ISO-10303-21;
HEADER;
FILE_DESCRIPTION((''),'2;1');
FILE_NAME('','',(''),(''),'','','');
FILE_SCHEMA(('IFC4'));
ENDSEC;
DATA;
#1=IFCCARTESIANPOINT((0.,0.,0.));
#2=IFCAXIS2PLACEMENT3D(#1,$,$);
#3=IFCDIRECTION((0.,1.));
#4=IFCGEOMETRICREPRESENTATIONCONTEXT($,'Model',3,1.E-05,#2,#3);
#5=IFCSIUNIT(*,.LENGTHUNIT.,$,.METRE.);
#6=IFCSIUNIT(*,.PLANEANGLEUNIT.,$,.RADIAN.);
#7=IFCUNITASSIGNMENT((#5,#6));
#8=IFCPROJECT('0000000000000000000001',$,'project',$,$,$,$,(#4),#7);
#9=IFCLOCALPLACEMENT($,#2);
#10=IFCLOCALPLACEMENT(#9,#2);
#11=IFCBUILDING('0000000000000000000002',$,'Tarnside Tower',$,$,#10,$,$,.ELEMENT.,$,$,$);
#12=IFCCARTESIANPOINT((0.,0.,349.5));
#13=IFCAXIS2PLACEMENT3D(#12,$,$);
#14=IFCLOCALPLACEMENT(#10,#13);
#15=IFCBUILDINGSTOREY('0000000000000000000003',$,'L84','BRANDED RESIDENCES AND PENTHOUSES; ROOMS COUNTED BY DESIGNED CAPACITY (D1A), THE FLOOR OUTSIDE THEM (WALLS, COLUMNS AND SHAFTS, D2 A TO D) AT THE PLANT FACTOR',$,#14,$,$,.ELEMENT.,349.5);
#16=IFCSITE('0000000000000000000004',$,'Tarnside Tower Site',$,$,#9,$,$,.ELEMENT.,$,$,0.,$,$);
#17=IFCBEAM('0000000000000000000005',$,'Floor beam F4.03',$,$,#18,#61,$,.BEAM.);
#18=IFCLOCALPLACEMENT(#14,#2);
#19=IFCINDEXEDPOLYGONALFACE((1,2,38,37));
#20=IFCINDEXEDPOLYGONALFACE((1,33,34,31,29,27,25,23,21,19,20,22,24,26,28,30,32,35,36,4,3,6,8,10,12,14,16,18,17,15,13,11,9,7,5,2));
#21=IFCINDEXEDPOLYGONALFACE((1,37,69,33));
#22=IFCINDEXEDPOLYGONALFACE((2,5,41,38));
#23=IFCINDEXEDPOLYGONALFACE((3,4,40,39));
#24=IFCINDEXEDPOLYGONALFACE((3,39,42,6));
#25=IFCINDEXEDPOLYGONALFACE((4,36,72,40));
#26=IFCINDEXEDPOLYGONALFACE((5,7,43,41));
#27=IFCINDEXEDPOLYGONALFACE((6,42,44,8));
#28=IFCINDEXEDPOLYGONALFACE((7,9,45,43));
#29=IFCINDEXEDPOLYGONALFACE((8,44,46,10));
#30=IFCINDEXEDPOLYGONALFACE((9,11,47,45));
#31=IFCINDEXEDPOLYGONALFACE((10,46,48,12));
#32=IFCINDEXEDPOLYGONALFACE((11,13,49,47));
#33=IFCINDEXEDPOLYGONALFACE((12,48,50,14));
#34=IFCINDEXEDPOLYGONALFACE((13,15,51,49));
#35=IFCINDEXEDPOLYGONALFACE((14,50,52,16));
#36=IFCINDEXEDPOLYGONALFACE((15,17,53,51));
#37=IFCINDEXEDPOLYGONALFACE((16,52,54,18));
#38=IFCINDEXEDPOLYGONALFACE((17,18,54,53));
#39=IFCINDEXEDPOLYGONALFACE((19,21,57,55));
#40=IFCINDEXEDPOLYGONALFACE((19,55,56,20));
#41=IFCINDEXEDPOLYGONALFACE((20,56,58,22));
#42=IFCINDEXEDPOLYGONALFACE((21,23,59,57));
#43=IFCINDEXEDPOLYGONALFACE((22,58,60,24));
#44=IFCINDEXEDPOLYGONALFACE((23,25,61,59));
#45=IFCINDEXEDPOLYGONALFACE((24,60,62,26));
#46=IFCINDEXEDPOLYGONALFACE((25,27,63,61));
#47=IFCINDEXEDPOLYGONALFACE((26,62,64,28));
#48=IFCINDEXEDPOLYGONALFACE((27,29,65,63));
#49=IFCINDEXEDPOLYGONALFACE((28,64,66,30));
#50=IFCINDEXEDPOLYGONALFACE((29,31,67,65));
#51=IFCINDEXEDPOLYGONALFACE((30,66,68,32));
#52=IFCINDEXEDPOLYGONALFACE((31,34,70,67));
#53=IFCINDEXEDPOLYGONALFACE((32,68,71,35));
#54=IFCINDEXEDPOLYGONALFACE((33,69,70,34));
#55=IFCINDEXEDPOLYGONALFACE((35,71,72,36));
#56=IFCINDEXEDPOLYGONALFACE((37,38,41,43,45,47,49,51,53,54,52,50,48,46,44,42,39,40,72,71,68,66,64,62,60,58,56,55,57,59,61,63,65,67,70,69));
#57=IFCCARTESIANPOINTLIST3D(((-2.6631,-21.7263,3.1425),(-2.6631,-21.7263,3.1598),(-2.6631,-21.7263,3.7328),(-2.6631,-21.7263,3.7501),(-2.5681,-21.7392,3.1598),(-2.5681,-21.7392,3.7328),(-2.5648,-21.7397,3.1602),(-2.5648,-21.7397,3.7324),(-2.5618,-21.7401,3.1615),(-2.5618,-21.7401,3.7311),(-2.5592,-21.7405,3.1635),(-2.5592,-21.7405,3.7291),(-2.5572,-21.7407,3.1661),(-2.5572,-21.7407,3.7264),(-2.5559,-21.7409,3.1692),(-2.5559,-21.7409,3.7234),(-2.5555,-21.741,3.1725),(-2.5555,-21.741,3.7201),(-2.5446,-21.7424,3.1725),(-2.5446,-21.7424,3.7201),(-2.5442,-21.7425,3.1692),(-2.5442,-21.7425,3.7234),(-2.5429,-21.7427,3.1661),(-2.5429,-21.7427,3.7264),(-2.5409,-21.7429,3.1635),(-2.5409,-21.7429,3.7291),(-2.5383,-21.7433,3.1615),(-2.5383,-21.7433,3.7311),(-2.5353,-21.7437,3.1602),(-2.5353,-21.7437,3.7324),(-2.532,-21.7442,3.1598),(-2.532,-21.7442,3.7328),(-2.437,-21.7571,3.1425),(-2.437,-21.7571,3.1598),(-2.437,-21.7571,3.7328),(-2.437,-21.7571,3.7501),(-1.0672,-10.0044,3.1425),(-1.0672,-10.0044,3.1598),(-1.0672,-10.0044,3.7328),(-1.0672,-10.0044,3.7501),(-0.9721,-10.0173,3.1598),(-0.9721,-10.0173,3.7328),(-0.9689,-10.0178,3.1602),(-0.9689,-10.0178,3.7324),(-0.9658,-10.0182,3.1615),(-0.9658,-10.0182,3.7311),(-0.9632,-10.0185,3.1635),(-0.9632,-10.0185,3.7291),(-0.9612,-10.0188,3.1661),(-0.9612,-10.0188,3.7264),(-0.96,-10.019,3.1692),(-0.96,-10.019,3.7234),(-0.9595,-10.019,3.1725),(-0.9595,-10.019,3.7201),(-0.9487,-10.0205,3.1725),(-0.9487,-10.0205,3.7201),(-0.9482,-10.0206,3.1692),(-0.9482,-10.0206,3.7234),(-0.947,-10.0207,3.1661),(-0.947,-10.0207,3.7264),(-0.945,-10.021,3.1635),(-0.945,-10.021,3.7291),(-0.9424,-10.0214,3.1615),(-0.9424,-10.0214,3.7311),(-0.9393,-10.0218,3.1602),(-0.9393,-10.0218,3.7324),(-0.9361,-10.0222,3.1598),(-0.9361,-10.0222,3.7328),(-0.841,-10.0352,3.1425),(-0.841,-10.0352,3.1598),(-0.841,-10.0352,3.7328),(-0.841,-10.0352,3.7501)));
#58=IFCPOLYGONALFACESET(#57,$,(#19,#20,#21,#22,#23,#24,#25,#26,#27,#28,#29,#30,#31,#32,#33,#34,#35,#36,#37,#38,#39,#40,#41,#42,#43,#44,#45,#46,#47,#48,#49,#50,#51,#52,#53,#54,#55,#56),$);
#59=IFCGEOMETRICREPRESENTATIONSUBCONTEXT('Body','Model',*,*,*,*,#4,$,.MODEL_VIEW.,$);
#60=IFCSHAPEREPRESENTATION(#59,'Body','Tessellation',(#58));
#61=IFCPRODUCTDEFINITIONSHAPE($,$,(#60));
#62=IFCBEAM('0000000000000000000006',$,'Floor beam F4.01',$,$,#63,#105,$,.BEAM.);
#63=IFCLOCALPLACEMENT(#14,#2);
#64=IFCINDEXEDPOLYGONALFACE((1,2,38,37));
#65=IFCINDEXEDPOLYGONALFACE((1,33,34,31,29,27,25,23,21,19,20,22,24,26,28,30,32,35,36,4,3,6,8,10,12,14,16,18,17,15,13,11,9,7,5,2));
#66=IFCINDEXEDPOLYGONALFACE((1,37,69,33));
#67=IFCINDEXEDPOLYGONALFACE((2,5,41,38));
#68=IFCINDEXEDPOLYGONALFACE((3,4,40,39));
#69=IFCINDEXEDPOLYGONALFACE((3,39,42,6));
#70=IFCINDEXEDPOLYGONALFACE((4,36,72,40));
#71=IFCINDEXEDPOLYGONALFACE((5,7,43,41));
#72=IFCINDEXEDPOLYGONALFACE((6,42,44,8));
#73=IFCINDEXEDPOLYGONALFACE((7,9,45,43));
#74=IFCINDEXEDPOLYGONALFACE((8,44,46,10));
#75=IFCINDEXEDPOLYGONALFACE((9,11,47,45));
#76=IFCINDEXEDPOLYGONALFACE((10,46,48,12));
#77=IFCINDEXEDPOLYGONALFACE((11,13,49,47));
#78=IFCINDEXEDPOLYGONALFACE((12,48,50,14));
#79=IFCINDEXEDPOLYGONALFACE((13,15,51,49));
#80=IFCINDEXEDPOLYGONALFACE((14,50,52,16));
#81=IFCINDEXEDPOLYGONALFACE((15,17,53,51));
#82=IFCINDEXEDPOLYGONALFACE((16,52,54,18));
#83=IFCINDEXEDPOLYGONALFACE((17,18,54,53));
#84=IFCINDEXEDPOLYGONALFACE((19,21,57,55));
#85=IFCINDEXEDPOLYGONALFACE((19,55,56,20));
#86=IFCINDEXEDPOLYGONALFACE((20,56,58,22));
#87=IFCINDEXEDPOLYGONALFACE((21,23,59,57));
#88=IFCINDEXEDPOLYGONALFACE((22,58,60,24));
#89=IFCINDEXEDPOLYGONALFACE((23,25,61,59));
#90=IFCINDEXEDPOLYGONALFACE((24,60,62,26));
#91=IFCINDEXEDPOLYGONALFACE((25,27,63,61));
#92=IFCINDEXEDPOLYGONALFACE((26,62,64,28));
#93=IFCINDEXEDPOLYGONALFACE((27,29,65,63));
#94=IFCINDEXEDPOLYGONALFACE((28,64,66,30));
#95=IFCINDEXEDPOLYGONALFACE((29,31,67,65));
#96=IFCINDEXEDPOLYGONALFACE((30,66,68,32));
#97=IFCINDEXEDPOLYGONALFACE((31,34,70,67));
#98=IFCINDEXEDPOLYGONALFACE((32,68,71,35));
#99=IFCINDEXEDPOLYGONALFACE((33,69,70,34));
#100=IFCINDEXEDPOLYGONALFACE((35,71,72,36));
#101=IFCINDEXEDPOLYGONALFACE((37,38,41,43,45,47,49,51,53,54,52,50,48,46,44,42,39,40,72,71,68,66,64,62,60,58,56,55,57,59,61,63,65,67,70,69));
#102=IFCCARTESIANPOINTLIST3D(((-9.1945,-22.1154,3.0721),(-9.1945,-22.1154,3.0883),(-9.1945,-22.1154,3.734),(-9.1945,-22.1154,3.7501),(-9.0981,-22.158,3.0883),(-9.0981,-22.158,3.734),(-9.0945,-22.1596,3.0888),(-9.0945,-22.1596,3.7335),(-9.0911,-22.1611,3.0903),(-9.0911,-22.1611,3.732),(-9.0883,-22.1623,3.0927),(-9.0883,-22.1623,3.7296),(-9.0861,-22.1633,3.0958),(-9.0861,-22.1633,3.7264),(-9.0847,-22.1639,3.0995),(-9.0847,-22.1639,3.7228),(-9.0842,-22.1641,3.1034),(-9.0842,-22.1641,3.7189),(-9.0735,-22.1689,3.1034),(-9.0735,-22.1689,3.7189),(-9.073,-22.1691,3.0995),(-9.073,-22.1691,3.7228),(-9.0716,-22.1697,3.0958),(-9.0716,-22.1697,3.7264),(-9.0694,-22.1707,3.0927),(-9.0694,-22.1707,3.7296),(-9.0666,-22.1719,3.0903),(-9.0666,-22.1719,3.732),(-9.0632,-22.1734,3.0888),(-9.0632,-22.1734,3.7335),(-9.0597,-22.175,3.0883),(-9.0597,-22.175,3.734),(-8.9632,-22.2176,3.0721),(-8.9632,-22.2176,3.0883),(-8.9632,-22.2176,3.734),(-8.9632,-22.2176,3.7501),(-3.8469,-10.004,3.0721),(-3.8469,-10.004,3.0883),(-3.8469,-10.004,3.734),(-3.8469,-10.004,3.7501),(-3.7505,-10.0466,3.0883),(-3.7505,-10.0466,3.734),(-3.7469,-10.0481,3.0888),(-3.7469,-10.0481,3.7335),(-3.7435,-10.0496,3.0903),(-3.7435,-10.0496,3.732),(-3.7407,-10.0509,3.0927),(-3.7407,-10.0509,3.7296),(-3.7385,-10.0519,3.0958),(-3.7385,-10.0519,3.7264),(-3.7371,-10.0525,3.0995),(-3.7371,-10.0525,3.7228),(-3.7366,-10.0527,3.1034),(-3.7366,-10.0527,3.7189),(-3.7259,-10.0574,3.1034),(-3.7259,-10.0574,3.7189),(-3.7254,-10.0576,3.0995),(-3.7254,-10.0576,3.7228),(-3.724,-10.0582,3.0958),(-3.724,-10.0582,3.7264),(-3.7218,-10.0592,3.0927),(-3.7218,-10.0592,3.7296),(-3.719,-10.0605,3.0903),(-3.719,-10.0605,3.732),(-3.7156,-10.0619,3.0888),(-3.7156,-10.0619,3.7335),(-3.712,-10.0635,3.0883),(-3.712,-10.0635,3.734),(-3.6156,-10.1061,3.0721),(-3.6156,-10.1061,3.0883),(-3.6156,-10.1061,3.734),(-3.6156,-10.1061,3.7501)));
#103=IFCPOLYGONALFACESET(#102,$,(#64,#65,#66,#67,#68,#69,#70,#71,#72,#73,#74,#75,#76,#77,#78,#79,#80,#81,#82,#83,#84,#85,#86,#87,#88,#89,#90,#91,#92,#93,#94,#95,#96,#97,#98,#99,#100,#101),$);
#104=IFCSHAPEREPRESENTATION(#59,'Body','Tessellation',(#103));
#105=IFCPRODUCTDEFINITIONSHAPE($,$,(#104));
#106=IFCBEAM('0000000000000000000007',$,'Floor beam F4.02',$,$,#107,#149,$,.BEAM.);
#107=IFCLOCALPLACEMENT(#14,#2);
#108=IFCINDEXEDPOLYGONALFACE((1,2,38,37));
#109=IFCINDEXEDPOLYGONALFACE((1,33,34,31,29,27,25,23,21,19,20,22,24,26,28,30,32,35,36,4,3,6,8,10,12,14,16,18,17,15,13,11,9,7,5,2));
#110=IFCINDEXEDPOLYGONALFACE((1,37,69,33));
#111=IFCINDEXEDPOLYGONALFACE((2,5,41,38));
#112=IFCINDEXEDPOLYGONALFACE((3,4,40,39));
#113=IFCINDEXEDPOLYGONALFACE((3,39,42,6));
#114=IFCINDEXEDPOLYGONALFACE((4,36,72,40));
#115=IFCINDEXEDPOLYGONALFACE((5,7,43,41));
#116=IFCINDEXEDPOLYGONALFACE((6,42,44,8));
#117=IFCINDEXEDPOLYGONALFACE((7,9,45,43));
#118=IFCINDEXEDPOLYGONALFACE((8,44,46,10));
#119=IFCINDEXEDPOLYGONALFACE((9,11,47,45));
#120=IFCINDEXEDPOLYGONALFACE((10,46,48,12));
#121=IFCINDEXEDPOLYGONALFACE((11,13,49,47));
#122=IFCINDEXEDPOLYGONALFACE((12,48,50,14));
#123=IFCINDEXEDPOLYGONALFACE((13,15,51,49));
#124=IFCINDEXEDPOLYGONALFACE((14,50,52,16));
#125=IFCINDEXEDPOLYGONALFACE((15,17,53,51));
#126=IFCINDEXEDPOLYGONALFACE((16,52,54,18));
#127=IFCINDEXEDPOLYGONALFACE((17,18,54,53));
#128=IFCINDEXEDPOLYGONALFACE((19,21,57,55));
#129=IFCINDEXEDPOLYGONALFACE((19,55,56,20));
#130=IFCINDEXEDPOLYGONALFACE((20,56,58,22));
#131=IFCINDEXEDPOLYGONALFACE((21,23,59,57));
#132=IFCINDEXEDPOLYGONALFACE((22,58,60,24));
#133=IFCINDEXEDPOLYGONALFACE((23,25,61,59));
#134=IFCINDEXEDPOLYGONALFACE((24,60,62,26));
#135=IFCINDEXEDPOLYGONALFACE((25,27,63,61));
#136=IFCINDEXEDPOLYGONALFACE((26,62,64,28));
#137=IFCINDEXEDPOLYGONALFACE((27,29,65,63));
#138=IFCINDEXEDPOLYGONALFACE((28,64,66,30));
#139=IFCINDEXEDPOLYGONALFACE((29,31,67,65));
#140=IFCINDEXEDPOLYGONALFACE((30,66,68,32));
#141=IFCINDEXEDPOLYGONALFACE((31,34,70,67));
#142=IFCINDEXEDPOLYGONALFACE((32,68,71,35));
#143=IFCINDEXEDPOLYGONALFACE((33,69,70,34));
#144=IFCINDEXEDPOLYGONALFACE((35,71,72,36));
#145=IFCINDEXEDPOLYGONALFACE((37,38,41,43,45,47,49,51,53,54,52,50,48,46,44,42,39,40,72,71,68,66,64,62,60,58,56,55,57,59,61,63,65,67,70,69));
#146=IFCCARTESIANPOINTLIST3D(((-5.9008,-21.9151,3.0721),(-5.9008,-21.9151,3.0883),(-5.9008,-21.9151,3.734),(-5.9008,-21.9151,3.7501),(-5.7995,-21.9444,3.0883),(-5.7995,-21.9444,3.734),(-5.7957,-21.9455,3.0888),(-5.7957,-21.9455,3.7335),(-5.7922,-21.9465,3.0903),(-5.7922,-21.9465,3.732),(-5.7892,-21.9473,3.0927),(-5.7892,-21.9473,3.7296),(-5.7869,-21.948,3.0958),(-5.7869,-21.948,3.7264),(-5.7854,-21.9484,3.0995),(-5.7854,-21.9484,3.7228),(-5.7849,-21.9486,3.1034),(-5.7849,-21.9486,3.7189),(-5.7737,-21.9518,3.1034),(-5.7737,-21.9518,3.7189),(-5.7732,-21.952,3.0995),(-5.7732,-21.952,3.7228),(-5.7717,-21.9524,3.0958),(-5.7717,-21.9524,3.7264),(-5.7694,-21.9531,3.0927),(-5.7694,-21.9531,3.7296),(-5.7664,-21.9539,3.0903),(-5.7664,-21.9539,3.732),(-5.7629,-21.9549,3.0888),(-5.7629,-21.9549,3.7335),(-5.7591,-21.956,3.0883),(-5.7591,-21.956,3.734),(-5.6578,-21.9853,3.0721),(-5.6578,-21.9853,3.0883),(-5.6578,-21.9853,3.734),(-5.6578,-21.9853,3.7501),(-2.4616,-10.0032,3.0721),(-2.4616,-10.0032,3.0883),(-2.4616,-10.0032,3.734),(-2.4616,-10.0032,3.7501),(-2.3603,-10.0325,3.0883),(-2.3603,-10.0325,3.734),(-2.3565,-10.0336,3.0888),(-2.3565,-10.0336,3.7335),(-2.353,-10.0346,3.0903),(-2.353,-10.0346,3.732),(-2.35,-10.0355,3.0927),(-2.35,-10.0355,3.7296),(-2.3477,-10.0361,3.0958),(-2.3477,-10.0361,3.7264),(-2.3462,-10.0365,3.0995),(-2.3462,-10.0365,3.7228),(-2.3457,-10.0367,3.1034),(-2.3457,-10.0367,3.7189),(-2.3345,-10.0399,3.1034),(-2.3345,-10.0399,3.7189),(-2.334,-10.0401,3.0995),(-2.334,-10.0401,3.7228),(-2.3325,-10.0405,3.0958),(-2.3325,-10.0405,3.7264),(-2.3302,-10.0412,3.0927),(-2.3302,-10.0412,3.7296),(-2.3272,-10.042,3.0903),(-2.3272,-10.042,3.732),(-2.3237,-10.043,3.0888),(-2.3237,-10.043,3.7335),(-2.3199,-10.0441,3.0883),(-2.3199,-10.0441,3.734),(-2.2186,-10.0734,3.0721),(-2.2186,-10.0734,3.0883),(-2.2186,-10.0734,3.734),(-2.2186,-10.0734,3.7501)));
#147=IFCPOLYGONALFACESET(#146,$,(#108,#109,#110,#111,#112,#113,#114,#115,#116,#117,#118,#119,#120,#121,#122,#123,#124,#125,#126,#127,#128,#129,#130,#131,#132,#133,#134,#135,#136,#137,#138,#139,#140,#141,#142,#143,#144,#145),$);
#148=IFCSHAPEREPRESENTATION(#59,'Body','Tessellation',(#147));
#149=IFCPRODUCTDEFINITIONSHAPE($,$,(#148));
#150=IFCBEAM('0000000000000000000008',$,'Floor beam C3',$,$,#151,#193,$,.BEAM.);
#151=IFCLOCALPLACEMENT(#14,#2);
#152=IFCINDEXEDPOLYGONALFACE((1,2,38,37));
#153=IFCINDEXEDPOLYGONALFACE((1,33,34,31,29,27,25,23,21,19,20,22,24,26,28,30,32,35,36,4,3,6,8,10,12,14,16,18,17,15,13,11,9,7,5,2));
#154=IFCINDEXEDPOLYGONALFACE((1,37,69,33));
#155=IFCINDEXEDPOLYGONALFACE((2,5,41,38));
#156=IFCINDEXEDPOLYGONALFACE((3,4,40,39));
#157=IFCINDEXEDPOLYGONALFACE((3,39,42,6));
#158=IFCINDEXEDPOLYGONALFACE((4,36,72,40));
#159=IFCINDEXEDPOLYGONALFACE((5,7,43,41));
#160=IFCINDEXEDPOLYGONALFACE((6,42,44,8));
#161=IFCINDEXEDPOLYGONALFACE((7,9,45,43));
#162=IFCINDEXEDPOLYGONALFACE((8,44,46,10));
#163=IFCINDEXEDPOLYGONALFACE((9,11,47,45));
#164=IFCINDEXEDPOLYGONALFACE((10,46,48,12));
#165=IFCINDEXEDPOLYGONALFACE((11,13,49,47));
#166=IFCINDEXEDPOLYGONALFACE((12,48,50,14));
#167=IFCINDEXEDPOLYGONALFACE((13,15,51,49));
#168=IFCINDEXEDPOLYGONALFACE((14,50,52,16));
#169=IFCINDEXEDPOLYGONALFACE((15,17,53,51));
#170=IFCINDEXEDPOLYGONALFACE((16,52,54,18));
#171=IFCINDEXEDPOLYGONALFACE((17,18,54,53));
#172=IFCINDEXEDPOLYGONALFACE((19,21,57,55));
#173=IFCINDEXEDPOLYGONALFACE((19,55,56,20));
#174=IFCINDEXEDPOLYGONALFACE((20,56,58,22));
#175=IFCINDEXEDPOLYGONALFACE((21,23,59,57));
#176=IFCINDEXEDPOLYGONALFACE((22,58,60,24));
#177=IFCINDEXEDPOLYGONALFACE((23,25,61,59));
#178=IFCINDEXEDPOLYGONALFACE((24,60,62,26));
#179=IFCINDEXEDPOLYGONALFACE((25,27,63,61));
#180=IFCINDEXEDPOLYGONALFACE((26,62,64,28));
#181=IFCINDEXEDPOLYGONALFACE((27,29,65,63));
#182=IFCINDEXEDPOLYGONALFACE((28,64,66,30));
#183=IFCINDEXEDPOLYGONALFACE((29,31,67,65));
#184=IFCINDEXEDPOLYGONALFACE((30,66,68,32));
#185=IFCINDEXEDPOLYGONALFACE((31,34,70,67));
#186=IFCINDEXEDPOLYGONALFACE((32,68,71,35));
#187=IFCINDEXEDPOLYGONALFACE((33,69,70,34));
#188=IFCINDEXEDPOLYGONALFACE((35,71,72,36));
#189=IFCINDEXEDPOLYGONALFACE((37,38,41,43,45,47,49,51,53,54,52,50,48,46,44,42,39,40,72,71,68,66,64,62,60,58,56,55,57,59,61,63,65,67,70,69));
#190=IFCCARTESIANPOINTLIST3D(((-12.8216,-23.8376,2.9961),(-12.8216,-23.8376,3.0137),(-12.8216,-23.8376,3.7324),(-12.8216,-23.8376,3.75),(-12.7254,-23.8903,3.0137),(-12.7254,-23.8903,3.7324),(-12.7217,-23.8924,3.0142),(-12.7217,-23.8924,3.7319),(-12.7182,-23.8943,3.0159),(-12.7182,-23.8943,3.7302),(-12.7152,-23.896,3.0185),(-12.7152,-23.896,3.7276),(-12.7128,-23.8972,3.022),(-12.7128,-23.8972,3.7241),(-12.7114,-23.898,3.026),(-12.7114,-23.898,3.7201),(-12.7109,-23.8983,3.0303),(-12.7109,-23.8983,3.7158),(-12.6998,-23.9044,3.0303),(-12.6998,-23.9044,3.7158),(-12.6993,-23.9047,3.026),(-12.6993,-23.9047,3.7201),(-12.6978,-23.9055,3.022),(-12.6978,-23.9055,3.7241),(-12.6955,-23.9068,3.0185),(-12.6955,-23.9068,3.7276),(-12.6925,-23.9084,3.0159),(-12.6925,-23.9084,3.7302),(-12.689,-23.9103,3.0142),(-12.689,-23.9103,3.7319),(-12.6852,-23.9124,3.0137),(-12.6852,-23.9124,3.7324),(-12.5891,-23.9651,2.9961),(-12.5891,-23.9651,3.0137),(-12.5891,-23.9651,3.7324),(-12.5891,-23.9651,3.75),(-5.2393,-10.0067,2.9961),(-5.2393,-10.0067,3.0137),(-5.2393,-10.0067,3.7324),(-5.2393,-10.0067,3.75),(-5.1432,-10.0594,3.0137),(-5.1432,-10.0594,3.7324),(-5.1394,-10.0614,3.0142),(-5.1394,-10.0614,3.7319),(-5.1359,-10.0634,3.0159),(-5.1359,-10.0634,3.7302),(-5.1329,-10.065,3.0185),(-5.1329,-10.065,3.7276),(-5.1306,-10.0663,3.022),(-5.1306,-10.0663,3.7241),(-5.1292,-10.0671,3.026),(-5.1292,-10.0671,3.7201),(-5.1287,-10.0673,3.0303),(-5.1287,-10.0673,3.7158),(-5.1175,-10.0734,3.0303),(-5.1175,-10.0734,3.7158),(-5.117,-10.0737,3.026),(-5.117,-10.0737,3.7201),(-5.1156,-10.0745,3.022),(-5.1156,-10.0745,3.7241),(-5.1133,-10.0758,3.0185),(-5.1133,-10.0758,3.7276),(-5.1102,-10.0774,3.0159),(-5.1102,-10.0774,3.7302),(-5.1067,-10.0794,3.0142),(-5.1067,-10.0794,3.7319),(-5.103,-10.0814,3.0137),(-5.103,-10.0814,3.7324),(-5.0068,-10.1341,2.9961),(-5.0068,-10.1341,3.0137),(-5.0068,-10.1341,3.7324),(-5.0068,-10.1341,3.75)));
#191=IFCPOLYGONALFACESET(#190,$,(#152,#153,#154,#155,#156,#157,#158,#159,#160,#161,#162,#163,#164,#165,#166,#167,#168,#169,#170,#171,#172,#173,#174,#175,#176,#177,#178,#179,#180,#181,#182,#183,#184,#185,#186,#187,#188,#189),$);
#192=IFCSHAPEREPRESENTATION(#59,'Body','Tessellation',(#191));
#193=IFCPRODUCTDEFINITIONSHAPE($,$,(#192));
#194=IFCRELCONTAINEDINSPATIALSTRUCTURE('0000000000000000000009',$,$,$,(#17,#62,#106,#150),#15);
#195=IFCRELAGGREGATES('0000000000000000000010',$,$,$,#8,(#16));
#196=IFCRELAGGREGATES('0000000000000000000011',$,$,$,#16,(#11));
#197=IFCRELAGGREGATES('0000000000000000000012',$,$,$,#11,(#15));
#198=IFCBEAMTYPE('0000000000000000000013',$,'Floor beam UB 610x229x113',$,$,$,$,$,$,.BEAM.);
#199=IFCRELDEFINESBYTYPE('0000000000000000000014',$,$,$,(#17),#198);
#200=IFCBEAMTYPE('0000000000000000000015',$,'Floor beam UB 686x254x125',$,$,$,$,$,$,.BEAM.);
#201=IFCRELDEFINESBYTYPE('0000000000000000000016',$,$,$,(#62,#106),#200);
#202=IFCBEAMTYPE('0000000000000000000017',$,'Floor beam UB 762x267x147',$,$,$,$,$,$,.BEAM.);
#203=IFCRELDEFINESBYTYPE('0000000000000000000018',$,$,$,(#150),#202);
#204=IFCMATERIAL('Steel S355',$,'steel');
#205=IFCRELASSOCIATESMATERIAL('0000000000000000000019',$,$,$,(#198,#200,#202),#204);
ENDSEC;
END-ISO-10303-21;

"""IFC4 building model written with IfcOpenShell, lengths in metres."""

from ifc_helpers import new_model, si_unit, direction, frame, origin, origin_2d, place, context, subcontext, project, spatial, i_section, extrude, material, material_profile, profile_set, type_object, element, save


model = new_model("IFC4")

# Units and contexts
model_context = context("Model", 3, precision=1e-05, world=origin(), true_north=direction((0.0, 1.0)))
body_context = subcontext(model_context, "Body", "Model", "MODEL_VIEW")
ifc_project = project(units=[si_unit("LENGTHUNIT", "METRE"), si_unit("PLANEANGLEUNIT", "RADIAN")], contexts=[model_context])

# Site, building, storey
site_placement = place(None, origin())
site = spatial("IfcSite", under=ifc_project, at=site_placement, Name="Tarnside Tower Site", CompositionType="ELEMENT", RefElevation=0.0)
building_placement = place(site_placement, origin())
building = spatial("IfcBuilding", under=site, at=building_placement, Name="Tarnside Tower", CompositionType="ELEMENT")
storey_placement = place(building_placement, frame((0.0, 0.0, 349.5)))
storey = spatial("IfcBuildingStorey", under=building, at=storey_placement, Name="L84", Description="BRANDED RESIDENCES AND PENTHOUSES; ROOMS COUNTED BY DESIGNED CAPACITY (D1A), THE FLOOR OUTSIDE THEM (WALLS, COLUMNS AND SHAFTS, D2 A TO D) AT THE PLANT FACTOR", CompositionType="ELEMENT", Elevation=349.5)

# Beams
ifc_material_1 = material(Name="Steel S355", Category="steel")
ifc_material_profile_1 = material_profile(ifc_material_1, i_section(OverallWidth=0.2283, OverallDepth=0.6077, WebThickness=0.011, FlangeThickness=0.0173, FilletRadius=0.0127, at=origin_2d()), Name="UB 610x229x113")
ifc_profile_set_1 = profile_set([ifc_material_profile_1], Name="Steel S355")
beam_type_1 = type_object("IfcBeamType", Name="Floor beam UB 610x229x113", PredefinedType="BEAM", material=ifc_profile_set_1)
beam_1_placement = place(storey_placement, frame((-2.55, -21.7417, 3.4463), z_axis=(0.134906, 0.990858, 0.0), x_axis=(-0.990858, 0.134906, 0.0)))
element("IfcBeam", 1, at=beam_1_placement, inside=storey, type_object=beam_type_1, Name="Floor beam F4.03", PredefinedType="BEAM", context=body_context, shape_type="SweptSolid", body=[
    extrude(i_section(OverallWidth=0.2283, OverallDepth=0.6077, WebThickness=0.011, FlangeThickness=0.0173, FilletRadius=0.0127, at=origin_2d()), origin(), (0.0, 0.0, 1.0), 11.8301),
])
ifc_material_profile_2 = material_profile(ifc_material_1, i_section(OverallWidth=0.2529, OverallDepth=0.678, WebThickness=0.0117, FlangeThickness=0.0161, FilletRadius=0.0151, at=origin_2d()), Name="UB 686x254x125")
ifc_profile_set_2 = profile_set([ifc_material_profile_2], Name="Steel S355")
beam_type_2 = type_object("IfcBeamType", Name="Floor beam UB 686x254x125", PredefinedType="BEAM", material=ifc_profile_set_2)
beam_2_placement = place(storey_placement, frame((-9.0789, -22.1665, 3.4111), z_axis=(0.403913, 0.914797, 0.0), x_axis=(-0.914797, 0.403913, 0.0)))
element("IfcBeam", 2, at=beam_2_placement, inside=storey, type_object=beam_type_2, Name="Floor beam F4.01", PredefinedType="BEAM", context=body_context, shape_type="SweptSolid", body=[
    extrude(i_section(OverallWidth=0.2529, OverallDepth=0.678, WebThickness=0.0117, FlangeThickness=0.0161, FilletRadius=0.0151, at=origin_2d()), origin(), (0.0, 0.0, 1.0), 13.2395),
])
beam_3_placement = place(storey_placement, frame((-5.7793, -21.9502, 3.4111), z_axis=(0.277391, 0.960757, 0.0), x_axis=(-0.960757, 0.277391, 0.0)))
element("IfcBeam", 3, at=beam_3_placement, inside=storey, type_object=beam_type_2, Name="Floor beam F4.02", PredefinedType="BEAM", context=body_context, shape_type="SweptSolid", body=[
    extrude(i_section(OverallWidth=0.2529, OverallDepth=0.678, WebThickness=0.0117, FlangeThickness=0.0161, FilletRadius=0.0151, at=origin_2d()), origin(), (0.0, 0.0, 1.0), 12.3984),
])
ifc_material_profile_3 = material_profile(ifc_material_1, i_section(OverallWidth=0.2651, OverallDepth=0.7539, WebThickness=0.0127, FlangeThickness=0.0176, FilletRadius=0.0166, at=origin_2d()), Name="UB 762x267x147")
ifc_profile_set_3 = profile_set([ifc_material_profile_3], Name="Steel S355")
beam_type_3 = type_object("IfcBeamType", Name="Floor beam UB 762x267x147", PredefinedType="BEAM", material=ifc_profile_set_3)
beam_4_placement = place(storey_placement, frame((-12.7053, -23.9014, 3.373), z_axis=(0.480711, 0.876879, 0.0), x_axis=(-0.876879, 0.480711, 0.0)))
element("IfcBeam", 4, at=beam_4_placement, inside=storey, type_object=beam_type_3, Name="Floor beam C3", PredefinedType="BEAM", context=body_context, shape_type="SweptSolid", body=[
    extrude(i_section(OverallWidth=0.2651, OverallDepth=0.7539, WebThickness=0.0127, FlangeThickness=0.0176, FilletRadius=0.0166, at=origin_2d()), origin(), (0.0, 0.0, 1.0), 15.7729),
])

save(model, "model.ifc")
